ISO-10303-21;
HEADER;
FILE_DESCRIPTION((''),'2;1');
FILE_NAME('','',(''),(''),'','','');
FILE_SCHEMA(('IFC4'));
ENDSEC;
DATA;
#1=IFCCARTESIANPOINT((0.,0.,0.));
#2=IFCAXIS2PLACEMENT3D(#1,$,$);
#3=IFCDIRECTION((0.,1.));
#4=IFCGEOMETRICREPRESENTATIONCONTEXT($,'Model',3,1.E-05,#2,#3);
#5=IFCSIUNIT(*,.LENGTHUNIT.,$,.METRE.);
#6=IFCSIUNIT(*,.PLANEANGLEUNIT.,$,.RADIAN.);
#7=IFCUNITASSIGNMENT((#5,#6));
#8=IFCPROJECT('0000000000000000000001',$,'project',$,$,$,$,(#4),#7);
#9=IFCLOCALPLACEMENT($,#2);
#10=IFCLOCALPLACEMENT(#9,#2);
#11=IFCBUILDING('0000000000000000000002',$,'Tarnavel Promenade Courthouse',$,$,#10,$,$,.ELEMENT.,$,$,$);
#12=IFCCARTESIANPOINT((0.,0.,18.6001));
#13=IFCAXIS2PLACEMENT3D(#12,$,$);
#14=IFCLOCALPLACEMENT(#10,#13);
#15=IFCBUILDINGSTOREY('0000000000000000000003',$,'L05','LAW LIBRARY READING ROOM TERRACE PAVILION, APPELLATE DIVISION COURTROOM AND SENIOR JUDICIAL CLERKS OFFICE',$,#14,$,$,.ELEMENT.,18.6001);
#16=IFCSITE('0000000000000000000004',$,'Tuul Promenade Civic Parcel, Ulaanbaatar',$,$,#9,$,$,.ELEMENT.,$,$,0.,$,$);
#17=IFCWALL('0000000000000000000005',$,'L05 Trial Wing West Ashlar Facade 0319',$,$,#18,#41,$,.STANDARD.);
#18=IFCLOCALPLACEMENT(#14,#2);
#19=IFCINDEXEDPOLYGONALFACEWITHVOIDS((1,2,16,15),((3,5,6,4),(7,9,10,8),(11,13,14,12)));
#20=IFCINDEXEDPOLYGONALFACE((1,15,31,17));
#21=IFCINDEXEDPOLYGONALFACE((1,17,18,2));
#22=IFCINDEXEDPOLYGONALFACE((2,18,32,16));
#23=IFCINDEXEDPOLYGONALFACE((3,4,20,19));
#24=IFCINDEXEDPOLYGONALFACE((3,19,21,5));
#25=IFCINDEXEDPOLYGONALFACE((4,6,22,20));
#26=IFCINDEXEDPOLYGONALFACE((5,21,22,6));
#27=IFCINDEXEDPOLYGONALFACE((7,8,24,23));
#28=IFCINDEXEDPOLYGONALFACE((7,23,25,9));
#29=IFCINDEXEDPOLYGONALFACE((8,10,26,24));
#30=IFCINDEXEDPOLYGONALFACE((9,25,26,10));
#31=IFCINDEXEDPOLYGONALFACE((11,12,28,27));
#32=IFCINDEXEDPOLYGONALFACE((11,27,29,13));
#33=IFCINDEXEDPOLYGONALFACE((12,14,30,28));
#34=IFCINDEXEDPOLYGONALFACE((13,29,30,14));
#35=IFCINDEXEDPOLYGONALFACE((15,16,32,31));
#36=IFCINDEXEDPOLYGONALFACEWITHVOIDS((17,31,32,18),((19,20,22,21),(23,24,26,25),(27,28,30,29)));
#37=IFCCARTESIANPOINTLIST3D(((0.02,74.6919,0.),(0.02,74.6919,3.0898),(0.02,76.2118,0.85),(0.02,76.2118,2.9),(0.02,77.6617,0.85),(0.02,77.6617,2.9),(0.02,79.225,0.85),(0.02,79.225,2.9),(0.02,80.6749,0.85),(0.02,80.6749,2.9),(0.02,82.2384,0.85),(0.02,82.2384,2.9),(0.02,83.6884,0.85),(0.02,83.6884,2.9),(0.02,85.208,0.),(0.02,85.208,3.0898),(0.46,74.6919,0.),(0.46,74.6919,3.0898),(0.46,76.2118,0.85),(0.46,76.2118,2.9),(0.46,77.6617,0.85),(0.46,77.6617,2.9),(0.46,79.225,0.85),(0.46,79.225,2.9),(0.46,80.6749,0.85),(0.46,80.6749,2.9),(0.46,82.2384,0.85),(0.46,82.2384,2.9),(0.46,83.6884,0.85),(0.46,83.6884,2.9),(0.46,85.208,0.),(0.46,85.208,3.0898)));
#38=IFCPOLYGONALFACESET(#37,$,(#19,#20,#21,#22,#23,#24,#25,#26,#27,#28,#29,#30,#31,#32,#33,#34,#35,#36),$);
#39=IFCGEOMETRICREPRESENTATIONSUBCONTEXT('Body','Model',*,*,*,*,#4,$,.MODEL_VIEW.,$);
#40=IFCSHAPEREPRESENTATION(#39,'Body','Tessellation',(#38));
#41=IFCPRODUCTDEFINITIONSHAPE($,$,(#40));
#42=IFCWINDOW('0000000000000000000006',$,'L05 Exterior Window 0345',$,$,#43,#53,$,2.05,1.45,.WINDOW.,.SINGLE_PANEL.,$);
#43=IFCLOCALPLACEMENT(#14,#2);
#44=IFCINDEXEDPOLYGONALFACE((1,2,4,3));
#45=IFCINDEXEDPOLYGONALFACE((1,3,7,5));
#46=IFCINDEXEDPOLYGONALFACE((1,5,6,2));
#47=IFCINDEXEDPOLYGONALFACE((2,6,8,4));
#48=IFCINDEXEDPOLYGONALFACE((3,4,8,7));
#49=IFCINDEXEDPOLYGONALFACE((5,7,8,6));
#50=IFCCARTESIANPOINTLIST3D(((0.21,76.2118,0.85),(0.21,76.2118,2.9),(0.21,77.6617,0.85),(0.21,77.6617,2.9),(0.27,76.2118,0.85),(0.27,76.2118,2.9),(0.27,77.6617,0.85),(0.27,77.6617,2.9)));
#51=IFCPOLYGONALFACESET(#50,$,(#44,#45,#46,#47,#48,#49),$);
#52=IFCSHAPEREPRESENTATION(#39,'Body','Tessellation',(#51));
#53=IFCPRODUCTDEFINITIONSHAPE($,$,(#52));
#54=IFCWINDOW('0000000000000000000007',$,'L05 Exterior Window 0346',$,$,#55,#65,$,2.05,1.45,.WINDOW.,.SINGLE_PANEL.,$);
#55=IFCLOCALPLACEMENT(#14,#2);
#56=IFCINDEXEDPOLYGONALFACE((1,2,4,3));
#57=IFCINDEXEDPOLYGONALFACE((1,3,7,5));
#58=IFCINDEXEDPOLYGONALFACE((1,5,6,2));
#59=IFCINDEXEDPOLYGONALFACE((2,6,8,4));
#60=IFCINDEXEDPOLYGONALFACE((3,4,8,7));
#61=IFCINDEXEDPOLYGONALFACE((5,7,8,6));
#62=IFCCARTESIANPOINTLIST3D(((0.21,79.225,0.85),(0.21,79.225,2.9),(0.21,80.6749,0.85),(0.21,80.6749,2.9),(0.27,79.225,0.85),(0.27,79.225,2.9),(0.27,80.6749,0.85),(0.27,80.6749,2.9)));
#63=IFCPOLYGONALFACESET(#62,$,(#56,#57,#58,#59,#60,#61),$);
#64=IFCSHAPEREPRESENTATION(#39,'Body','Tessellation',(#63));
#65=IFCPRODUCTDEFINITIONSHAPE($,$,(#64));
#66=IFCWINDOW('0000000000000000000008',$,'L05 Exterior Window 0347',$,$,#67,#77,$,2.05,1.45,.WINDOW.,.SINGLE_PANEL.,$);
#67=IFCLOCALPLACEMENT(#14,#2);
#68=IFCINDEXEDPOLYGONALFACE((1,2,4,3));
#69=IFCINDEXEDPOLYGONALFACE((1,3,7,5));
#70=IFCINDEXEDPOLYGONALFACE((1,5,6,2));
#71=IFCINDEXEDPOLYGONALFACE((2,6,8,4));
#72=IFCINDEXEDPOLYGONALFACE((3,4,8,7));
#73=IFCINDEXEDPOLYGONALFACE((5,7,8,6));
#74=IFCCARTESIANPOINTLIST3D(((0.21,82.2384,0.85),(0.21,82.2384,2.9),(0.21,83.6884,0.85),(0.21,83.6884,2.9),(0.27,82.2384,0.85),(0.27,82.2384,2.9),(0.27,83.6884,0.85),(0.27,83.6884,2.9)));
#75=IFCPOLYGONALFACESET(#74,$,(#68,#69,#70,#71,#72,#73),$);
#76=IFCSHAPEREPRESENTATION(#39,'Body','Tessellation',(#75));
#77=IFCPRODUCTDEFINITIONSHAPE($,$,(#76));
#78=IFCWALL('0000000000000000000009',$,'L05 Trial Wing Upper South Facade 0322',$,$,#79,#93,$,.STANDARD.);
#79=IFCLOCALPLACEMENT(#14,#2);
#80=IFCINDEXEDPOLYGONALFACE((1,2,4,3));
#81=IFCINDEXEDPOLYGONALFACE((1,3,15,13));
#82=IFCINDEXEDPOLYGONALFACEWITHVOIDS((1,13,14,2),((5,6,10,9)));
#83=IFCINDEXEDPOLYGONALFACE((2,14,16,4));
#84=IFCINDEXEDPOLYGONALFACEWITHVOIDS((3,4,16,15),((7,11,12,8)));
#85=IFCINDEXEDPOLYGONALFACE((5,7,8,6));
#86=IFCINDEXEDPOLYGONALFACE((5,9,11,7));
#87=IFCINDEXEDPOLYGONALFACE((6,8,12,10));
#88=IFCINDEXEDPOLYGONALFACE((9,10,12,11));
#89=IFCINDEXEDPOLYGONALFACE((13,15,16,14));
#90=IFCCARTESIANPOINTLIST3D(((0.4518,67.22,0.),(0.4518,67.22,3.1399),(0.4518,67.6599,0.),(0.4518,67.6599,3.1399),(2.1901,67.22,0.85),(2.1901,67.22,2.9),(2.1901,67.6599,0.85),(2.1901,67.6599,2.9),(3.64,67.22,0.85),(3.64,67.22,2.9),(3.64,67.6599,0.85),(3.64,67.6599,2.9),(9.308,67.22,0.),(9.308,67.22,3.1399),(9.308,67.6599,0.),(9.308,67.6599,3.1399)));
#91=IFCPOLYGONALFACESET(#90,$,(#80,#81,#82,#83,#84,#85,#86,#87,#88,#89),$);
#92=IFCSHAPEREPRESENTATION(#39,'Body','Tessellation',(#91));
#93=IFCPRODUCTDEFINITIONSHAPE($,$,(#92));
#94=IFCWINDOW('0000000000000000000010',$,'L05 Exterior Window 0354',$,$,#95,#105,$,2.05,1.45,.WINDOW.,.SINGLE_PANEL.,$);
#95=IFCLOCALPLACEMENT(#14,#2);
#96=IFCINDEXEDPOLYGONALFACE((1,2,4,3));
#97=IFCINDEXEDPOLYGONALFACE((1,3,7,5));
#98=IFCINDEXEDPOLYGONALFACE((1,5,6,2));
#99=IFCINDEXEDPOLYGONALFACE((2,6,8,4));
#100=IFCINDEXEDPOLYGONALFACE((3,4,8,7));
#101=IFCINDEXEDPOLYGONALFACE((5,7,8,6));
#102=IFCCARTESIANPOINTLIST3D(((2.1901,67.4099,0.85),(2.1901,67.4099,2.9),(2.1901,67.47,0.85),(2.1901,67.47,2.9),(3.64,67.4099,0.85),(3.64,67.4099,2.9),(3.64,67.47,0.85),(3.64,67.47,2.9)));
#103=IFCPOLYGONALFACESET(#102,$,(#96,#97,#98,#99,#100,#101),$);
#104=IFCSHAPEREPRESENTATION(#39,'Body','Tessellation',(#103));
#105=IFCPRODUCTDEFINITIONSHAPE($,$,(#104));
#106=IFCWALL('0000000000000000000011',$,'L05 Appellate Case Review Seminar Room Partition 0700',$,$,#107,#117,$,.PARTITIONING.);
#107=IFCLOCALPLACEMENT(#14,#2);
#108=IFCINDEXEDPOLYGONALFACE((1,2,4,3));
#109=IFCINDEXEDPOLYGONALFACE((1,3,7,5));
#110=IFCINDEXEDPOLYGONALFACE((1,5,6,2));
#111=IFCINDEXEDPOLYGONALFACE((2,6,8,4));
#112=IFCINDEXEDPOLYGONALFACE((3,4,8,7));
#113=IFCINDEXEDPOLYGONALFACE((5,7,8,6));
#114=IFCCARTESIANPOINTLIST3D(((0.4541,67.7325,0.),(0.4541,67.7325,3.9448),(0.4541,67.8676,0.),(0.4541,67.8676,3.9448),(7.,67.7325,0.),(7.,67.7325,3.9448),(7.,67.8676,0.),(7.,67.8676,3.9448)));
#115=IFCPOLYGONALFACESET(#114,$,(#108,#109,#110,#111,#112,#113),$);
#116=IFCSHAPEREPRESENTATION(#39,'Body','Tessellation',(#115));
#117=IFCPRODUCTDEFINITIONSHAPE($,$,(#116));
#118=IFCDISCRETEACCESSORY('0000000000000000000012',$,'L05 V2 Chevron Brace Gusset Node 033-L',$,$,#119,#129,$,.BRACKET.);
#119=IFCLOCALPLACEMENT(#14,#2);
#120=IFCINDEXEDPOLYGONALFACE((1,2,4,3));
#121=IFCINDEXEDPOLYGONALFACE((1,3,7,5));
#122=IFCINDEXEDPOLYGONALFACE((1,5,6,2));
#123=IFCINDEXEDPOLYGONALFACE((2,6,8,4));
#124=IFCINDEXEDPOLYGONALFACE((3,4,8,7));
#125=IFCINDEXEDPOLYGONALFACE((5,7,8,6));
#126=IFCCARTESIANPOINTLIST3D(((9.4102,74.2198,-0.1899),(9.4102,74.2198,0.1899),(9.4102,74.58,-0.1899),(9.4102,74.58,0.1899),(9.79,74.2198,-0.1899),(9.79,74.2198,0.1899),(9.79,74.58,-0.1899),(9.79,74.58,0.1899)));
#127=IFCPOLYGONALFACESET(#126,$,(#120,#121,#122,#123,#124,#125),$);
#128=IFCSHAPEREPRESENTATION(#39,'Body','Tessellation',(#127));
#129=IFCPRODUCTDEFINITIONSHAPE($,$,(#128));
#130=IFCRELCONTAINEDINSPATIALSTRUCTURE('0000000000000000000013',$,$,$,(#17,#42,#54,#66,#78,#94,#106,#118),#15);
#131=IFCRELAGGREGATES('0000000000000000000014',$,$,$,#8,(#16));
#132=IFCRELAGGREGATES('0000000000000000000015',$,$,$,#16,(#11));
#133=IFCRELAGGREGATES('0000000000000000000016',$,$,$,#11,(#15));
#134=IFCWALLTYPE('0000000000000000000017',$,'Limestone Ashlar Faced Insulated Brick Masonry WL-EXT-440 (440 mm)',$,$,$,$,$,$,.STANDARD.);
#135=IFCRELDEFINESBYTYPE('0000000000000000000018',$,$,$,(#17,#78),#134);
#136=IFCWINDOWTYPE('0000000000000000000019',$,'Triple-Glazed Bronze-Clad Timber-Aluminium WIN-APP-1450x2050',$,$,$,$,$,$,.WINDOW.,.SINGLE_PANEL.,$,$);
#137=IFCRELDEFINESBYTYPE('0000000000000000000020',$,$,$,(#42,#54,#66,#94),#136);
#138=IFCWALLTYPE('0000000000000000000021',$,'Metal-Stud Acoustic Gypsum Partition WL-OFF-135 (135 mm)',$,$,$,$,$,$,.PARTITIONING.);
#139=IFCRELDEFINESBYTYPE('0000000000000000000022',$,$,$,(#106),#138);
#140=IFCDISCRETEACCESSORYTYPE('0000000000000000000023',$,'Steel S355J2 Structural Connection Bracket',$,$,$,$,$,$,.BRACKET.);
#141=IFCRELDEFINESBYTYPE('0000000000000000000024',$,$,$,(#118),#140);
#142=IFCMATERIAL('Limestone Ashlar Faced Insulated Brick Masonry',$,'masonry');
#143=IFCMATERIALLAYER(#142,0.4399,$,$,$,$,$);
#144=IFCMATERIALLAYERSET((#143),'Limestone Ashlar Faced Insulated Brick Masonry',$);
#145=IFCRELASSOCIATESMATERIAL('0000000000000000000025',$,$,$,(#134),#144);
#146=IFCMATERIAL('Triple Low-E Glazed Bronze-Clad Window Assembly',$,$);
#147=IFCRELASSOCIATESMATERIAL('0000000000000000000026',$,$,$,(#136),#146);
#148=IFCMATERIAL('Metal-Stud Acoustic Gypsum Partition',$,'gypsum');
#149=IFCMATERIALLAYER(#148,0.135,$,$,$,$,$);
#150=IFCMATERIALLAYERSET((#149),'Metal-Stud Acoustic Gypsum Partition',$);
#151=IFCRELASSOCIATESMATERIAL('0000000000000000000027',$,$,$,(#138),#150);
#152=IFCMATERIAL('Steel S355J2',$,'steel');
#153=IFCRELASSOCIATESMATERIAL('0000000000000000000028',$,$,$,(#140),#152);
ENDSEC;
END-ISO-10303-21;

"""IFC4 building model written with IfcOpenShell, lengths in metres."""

from ifc_helpers import new_model, si_unit, direction, frame, frame_2d, origin, origin_2d, place, context, subcontext, project, spatial, rectangle, extrude, material, layer, layer_set, type_object, element, fill, save


model = new_model("IFC4")

# Units and contexts
model_context = context("Model", 3, precision=1e-05, world=origin(), true_north=direction((0.0, 1.0)))
body_context = subcontext(model_context, "Body", "Model", "MODEL_VIEW")
ifc_project = project(units=[si_unit("LENGTHUNIT", "METRE"), si_unit("PLANEANGLEUNIT", "RADIAN")], contexts=[model_context])

# Site, building, storey
site_placement = place(None, origin())
site = spatial("IfcSite", under=ifc_project, at=site_placement, Name="Tuul Promenade Civic Parcel, Ulaanbaatar", CompositionType="ELEMENT", RefElevation=0.0)
building_placement = place(site_placement, origin())
building = spatial("IfcBuilding", under=site, at=building_placement, Name="Tarnavel Promenade Courthouse", CompositionType="ELEMENT")
storey_placement = place(building_placement, frame((0.0, 0.0, 18.6001)))
storey = spatial("IfcBuildingStorey", under=building, at=storey_placement, Name="L05", Description="LAW LIBRARY READING ROOM TERRACE PAVILION, APPELLATE DIVISION COURTROOM AND SENIOR JUDICIAL CLERKS OFFICE", CompositionType="ELEMENT", Elevation=18.6001)

# Shared definitions
ifc_material_1 = material(Name="Steel S355J2", Category="steel")

# Wall, openings, windows
ifc_material_2 = material(Name="Limestone Ashlar Faced Insulated Brick Masonry", Category="masonry")
ifc_layer_1 = layer(ifc_material_2, 0.4399)
ifc_layer_set_1 = layer_set([ifc_layer_1], Name="Limestone Ashlar Faced Insulated Brick Masonry")
wall_type_1 = type_object("IfcWallType", Name="Limestone Ashlar Faced Insulated Brick Masonry WL-EXT-440 (440 mm)", PredefinedType="STANDARD", material=ifc_layer_set_1)
ifc_material_3 = material(Name="Triple Low-E Glazed Bronze-Clad Window Assembly")
window_type = type_object("IfcWindowType", Name="Triple-Glazed Bronze-Clad Timber-Aluminium WIN-APP-1450x2050", PartitioningType="SINGLE_PANEL", PredefinedType="WINDOW", material=ifc_material_3)
wall_1_placement = place(storey_placement, frame((0.24, 74.6919, 0.0), z_axis=(0.0, 0.0, 1.0), x_axis=(0.0, 1.0, 0.0)))
wall_1 = element("IfcWall", 1, at=wall_1_placement, inside=storey, type_object=wall_type_1, Name="L05 Trial Wing West Ashlar Facade 0319", PredefinedType="STANDARD", context=body_context, shape_type="SweptSolid", body=[
    extrude(rectangle(XDim=10.5161, YDim=0.4399, at=frame_2d((5.2581, 0.0))), origin(), (0.0, 0.0, 1.0), 3.0898),
])
opening_1_placement = place(wall_1_placement, frame((1.5198, 0.0, 0.8501)))
opening_1 = element("IfcOpeningElement", 2, at=opening_1_placement, cuts=wall_1, PredefinedType="OPENING", context=body_context, shape_type="SweptSolid", body=[
    extrude(rectangle(XDim=1.45, YDim=2.05, at=frame_2d((0.7251, 1.0249))), frame((0.0, 0.23, 0.0), z_axis=(0.0, -1.0, 0.0), x_axis=(1.0, 0.0, 0.0)), (0.0, 0.0, 1.0), 0.46),
])
opening_2_placement = place(wall_1_placement, frame((4.533, 0.0, 0.8501)))
opening_2 = element("IfcOpeningElement", 3, at=opening_2_placement, cuts=wall_1, PredefinedType="OPENING", context=body_context, shape_type="SweptSolid", body=[
    extrude(rectangle(XDim=1.45, YDim=2.05, at=frame_2d((0.7251, 1.0249))), frame((0.0, 0.23, 0.0), z_axis=(0.0, -1.0, 0.0), x_axis=(1.0, 0.0, 0.0)), (0.0, 0.0, 1.0), 0.46),
])
opening_3_placement = place(wall_1_placement, frame((7.5464, 0.0, 0.8501)))
opening_3 = element("IfcOpeningElement", 4, at=opening_3_placement, cuts=wall_1, PredefinedType="OPENING", context=body_context, shape_type="SweptSolid", body=[
    extrude(rectangle(XDim=1.45, YDim=2.05, at=frame_2d((0.7251, 1.0249))), frame((0.0, 0.23, 0.0), z_axis=(0.0, -1.0, 0.0), x_axis=(1.0, 0.0, 0.0)), (0.0, 0.0, 1.0), 0.46),
])
window_1_placement = place(opening_1_placement, origin())
window_1 = element("IfcWindow", 5, at=window_1_placement, inside=storey, type_object=window_type, Name="L05 Exterior Window 0345", OverallHeight=2.05, OverallWidth=1.45, PartitioningType="SINGLE_PANEL", PredefinedType="WINDOW", context=body_context, shape_type="SweptSolid", body=[
    extrude(rectangle(XDim=1.45, YDim=2.05, at=frame_2d((0.7251, 1.0249))), frame((0.0, 0.03, 0.0), z_axis=(0.0, -1.0, 0.0), x_axis=(1.0, 0.0, 0.0)), (0.0, 0.0, 1.0), 0.0601),
])
fill(opening_1, window_1)
window_2_placement = place(opening_2_placement, origin())
window_2 = element("IfcWindow", 6, at=window_2_placement, inside=storey, type_object=window_type, Name="L05 Exterior Window 0346", OverallHeight=2.05, OverallWidth=1.45, PartitioningType="SINGLE_PANEL", PredefinedType="WINDOW", context=body_context, shape_type="SweptSolid", body=[
    extrude(rectangle(XDim=1.45, YDim=2.05, at=frame_2d((0.7251, 1.0249))), frame((0.0, 0.03, 0.0), z_axis=(0.0, -1.0, 0.0), x_axis=(1.0, 0.0, 0.0)), (0.0, 0.0, 1.0), 0.0601),
])
fill(opening_2, window_2)
window_3_placement = place(opening_3_placement, origin())
window_3 = element("IfcWindow", 7, at=window_3_placement, inside=storey, type_object=window_type, Name="L05 Exterior Window 0347", OverallHeight=2.05, OverallWidth=1.45, PartitioningType="SINGLE_PANEL", PredefinedType="WINDOW", context=body_context, shape_type="SweptSolid", body=[
    extrude(rectangle(XDim=1.45, YDim=2.05, at=frame_2d((0.7251, 1.0249))), frame((0.0, 0.03, 0.0), z_axis=(0.0, -1.0, 0.0), x_axis=(1.0, 0.0, 0.0)), (0.0, 0.0, 1.0), 0.0601),
])
fill(opening_3, window_3)

# Wall, opening, window
wall_2_placement = place(storey_placement, frame((9.3081, 67.4399, 0.0), z_axis=(0.0, 0.0, 1.0), x_axis=(-1.0, 0.0, 0.0)))
wall_2 = element("IfcWall", 8, at=wall_2_placement, inside=storey, type_object=wall_type_1, Name="L05 Trial Wing Upper South Facade 0322", PredefinedType="STANDARD", context=body_context, shape_type="SweptSolid", body=[
    extrude(rectangle(XDim=8.8562, YDim=0.4399, at=frame_2d((4.4282, 0.0))), origin(), (0.0, 0.0, 1.0), 3.1399),
])
opening_4_placement = place(wall_2_placement, frame((5.668, 0.0, 0.8501)))
opening_4 = element("IfcOpeningElement", 9, at=opening_4_placement, cuts=wall_2, PredefinedType="OPENING", context=body_context, shape_type="SweptSolid", body=[
    extrude(rectangle(XDim=1.45, YDim=2.05, at=frame_2d((0.7251, 1.0249))), frame((0.0, 0.23, 0.0), z_axis=(0.0, -1.0, 0.0), x_axis=(1.0, 0.0, 0.0)), (0.0, 0.0, 1.0), 0.46),
])
window_4_placement = place(opening_4_placement, origin())
window_4 = element("IfcWindow", 10, at=window_4_placement, inside=storey, type_object=window_type, Name="L05 Exterior Window 0354", OverallHeight=2.05, OverallWidth=1.45, PartitioningType="SINGLE_PANEL", PredefinedType="WINDOW", context=body_context, shape_type="SweptSolid", body=[
    extrude(rectangle(XDim=1.45, YDim=2.05, at=frame_2d((0.7251, 1.0249))), frame((0.0, 0.03, 0.0), z_axis=(0.0, -1.0, 0.0), x_axis=(1.0, 0.0, 0.0)), (0.0, 0.0, 1.0), 0.0601),
])
fill(opening_4, window_4)

# Wall
ifc_material_4 = material(Name="Metal-Stud Acoustic Gypsum Partition", Category="gypsum")
ifc_layer_2 = layer(ifc_material_4, 0.135)
ifc_layer_set_2 = layer_set([ifc_layer_2], Name="Metal-Stud Acoustic Gypsum Partition")
wall_type_2 = type_object("IfcWallType", Name="Metal-Stud Acoustic Gypsum Partition WL-OFF-135 (135 mm)", PredefinedType="PARTITIONING", material=ifc_layer_set_2)
wall_3_placement = place(storey_placement, frame((7.0, 67.8, 0.0), z_axis=(0.0, 0.0, 1.0), x_axis=(-1.0, 0.0, 0.0)))
element("IfcWall", 11, at=wall_3_placement, inside=storey, type_object=wall_type_2, Name="L05 Appellate Case Review Seminar Room Partition 0700", PredefinedType="PARTITIONING", context=body_context, shape_type="SweptSolid", body=[
    extrude(rectangle(XDim=6.5459, YDim=0.135, at=frame_2d((3.2729, 0.0))), origin(), (0.0, 0.0, 1.0), 3.9448),
])

# Discrete accessory
discrete_accessory_type = type_object("IfcDiscreteAccessoryType", Name="Steel S355J2 Structural Connection Bracket", PredefinedType="BRACKET", material=ifc_material_1)
discrete_accessory_placement = place(storey_placement, frame((9.6001, 74.3999, -0.1899), z_axis=(0.0, 0.0, 1.0), x_axis=(1.0, 0.0, 0.0)))
element("IfcDiscreteAccessory", 12, at=discrete_accessory_placement, inside=storey, type_object=discrete_accessory_type, Name="L05 V2 Chevron Brace Gusset Node 033-L", PredefinedType="BRACKET", context=body_context, shape_type="SweptSolid", body=[
    extrude(rectangle(XDim=0.3799, YDim=0.3601, at=origin_2d()), origin(), (0.0, 0.0, 1.0), 0.3799),
])

save(model, "model.ifc")
